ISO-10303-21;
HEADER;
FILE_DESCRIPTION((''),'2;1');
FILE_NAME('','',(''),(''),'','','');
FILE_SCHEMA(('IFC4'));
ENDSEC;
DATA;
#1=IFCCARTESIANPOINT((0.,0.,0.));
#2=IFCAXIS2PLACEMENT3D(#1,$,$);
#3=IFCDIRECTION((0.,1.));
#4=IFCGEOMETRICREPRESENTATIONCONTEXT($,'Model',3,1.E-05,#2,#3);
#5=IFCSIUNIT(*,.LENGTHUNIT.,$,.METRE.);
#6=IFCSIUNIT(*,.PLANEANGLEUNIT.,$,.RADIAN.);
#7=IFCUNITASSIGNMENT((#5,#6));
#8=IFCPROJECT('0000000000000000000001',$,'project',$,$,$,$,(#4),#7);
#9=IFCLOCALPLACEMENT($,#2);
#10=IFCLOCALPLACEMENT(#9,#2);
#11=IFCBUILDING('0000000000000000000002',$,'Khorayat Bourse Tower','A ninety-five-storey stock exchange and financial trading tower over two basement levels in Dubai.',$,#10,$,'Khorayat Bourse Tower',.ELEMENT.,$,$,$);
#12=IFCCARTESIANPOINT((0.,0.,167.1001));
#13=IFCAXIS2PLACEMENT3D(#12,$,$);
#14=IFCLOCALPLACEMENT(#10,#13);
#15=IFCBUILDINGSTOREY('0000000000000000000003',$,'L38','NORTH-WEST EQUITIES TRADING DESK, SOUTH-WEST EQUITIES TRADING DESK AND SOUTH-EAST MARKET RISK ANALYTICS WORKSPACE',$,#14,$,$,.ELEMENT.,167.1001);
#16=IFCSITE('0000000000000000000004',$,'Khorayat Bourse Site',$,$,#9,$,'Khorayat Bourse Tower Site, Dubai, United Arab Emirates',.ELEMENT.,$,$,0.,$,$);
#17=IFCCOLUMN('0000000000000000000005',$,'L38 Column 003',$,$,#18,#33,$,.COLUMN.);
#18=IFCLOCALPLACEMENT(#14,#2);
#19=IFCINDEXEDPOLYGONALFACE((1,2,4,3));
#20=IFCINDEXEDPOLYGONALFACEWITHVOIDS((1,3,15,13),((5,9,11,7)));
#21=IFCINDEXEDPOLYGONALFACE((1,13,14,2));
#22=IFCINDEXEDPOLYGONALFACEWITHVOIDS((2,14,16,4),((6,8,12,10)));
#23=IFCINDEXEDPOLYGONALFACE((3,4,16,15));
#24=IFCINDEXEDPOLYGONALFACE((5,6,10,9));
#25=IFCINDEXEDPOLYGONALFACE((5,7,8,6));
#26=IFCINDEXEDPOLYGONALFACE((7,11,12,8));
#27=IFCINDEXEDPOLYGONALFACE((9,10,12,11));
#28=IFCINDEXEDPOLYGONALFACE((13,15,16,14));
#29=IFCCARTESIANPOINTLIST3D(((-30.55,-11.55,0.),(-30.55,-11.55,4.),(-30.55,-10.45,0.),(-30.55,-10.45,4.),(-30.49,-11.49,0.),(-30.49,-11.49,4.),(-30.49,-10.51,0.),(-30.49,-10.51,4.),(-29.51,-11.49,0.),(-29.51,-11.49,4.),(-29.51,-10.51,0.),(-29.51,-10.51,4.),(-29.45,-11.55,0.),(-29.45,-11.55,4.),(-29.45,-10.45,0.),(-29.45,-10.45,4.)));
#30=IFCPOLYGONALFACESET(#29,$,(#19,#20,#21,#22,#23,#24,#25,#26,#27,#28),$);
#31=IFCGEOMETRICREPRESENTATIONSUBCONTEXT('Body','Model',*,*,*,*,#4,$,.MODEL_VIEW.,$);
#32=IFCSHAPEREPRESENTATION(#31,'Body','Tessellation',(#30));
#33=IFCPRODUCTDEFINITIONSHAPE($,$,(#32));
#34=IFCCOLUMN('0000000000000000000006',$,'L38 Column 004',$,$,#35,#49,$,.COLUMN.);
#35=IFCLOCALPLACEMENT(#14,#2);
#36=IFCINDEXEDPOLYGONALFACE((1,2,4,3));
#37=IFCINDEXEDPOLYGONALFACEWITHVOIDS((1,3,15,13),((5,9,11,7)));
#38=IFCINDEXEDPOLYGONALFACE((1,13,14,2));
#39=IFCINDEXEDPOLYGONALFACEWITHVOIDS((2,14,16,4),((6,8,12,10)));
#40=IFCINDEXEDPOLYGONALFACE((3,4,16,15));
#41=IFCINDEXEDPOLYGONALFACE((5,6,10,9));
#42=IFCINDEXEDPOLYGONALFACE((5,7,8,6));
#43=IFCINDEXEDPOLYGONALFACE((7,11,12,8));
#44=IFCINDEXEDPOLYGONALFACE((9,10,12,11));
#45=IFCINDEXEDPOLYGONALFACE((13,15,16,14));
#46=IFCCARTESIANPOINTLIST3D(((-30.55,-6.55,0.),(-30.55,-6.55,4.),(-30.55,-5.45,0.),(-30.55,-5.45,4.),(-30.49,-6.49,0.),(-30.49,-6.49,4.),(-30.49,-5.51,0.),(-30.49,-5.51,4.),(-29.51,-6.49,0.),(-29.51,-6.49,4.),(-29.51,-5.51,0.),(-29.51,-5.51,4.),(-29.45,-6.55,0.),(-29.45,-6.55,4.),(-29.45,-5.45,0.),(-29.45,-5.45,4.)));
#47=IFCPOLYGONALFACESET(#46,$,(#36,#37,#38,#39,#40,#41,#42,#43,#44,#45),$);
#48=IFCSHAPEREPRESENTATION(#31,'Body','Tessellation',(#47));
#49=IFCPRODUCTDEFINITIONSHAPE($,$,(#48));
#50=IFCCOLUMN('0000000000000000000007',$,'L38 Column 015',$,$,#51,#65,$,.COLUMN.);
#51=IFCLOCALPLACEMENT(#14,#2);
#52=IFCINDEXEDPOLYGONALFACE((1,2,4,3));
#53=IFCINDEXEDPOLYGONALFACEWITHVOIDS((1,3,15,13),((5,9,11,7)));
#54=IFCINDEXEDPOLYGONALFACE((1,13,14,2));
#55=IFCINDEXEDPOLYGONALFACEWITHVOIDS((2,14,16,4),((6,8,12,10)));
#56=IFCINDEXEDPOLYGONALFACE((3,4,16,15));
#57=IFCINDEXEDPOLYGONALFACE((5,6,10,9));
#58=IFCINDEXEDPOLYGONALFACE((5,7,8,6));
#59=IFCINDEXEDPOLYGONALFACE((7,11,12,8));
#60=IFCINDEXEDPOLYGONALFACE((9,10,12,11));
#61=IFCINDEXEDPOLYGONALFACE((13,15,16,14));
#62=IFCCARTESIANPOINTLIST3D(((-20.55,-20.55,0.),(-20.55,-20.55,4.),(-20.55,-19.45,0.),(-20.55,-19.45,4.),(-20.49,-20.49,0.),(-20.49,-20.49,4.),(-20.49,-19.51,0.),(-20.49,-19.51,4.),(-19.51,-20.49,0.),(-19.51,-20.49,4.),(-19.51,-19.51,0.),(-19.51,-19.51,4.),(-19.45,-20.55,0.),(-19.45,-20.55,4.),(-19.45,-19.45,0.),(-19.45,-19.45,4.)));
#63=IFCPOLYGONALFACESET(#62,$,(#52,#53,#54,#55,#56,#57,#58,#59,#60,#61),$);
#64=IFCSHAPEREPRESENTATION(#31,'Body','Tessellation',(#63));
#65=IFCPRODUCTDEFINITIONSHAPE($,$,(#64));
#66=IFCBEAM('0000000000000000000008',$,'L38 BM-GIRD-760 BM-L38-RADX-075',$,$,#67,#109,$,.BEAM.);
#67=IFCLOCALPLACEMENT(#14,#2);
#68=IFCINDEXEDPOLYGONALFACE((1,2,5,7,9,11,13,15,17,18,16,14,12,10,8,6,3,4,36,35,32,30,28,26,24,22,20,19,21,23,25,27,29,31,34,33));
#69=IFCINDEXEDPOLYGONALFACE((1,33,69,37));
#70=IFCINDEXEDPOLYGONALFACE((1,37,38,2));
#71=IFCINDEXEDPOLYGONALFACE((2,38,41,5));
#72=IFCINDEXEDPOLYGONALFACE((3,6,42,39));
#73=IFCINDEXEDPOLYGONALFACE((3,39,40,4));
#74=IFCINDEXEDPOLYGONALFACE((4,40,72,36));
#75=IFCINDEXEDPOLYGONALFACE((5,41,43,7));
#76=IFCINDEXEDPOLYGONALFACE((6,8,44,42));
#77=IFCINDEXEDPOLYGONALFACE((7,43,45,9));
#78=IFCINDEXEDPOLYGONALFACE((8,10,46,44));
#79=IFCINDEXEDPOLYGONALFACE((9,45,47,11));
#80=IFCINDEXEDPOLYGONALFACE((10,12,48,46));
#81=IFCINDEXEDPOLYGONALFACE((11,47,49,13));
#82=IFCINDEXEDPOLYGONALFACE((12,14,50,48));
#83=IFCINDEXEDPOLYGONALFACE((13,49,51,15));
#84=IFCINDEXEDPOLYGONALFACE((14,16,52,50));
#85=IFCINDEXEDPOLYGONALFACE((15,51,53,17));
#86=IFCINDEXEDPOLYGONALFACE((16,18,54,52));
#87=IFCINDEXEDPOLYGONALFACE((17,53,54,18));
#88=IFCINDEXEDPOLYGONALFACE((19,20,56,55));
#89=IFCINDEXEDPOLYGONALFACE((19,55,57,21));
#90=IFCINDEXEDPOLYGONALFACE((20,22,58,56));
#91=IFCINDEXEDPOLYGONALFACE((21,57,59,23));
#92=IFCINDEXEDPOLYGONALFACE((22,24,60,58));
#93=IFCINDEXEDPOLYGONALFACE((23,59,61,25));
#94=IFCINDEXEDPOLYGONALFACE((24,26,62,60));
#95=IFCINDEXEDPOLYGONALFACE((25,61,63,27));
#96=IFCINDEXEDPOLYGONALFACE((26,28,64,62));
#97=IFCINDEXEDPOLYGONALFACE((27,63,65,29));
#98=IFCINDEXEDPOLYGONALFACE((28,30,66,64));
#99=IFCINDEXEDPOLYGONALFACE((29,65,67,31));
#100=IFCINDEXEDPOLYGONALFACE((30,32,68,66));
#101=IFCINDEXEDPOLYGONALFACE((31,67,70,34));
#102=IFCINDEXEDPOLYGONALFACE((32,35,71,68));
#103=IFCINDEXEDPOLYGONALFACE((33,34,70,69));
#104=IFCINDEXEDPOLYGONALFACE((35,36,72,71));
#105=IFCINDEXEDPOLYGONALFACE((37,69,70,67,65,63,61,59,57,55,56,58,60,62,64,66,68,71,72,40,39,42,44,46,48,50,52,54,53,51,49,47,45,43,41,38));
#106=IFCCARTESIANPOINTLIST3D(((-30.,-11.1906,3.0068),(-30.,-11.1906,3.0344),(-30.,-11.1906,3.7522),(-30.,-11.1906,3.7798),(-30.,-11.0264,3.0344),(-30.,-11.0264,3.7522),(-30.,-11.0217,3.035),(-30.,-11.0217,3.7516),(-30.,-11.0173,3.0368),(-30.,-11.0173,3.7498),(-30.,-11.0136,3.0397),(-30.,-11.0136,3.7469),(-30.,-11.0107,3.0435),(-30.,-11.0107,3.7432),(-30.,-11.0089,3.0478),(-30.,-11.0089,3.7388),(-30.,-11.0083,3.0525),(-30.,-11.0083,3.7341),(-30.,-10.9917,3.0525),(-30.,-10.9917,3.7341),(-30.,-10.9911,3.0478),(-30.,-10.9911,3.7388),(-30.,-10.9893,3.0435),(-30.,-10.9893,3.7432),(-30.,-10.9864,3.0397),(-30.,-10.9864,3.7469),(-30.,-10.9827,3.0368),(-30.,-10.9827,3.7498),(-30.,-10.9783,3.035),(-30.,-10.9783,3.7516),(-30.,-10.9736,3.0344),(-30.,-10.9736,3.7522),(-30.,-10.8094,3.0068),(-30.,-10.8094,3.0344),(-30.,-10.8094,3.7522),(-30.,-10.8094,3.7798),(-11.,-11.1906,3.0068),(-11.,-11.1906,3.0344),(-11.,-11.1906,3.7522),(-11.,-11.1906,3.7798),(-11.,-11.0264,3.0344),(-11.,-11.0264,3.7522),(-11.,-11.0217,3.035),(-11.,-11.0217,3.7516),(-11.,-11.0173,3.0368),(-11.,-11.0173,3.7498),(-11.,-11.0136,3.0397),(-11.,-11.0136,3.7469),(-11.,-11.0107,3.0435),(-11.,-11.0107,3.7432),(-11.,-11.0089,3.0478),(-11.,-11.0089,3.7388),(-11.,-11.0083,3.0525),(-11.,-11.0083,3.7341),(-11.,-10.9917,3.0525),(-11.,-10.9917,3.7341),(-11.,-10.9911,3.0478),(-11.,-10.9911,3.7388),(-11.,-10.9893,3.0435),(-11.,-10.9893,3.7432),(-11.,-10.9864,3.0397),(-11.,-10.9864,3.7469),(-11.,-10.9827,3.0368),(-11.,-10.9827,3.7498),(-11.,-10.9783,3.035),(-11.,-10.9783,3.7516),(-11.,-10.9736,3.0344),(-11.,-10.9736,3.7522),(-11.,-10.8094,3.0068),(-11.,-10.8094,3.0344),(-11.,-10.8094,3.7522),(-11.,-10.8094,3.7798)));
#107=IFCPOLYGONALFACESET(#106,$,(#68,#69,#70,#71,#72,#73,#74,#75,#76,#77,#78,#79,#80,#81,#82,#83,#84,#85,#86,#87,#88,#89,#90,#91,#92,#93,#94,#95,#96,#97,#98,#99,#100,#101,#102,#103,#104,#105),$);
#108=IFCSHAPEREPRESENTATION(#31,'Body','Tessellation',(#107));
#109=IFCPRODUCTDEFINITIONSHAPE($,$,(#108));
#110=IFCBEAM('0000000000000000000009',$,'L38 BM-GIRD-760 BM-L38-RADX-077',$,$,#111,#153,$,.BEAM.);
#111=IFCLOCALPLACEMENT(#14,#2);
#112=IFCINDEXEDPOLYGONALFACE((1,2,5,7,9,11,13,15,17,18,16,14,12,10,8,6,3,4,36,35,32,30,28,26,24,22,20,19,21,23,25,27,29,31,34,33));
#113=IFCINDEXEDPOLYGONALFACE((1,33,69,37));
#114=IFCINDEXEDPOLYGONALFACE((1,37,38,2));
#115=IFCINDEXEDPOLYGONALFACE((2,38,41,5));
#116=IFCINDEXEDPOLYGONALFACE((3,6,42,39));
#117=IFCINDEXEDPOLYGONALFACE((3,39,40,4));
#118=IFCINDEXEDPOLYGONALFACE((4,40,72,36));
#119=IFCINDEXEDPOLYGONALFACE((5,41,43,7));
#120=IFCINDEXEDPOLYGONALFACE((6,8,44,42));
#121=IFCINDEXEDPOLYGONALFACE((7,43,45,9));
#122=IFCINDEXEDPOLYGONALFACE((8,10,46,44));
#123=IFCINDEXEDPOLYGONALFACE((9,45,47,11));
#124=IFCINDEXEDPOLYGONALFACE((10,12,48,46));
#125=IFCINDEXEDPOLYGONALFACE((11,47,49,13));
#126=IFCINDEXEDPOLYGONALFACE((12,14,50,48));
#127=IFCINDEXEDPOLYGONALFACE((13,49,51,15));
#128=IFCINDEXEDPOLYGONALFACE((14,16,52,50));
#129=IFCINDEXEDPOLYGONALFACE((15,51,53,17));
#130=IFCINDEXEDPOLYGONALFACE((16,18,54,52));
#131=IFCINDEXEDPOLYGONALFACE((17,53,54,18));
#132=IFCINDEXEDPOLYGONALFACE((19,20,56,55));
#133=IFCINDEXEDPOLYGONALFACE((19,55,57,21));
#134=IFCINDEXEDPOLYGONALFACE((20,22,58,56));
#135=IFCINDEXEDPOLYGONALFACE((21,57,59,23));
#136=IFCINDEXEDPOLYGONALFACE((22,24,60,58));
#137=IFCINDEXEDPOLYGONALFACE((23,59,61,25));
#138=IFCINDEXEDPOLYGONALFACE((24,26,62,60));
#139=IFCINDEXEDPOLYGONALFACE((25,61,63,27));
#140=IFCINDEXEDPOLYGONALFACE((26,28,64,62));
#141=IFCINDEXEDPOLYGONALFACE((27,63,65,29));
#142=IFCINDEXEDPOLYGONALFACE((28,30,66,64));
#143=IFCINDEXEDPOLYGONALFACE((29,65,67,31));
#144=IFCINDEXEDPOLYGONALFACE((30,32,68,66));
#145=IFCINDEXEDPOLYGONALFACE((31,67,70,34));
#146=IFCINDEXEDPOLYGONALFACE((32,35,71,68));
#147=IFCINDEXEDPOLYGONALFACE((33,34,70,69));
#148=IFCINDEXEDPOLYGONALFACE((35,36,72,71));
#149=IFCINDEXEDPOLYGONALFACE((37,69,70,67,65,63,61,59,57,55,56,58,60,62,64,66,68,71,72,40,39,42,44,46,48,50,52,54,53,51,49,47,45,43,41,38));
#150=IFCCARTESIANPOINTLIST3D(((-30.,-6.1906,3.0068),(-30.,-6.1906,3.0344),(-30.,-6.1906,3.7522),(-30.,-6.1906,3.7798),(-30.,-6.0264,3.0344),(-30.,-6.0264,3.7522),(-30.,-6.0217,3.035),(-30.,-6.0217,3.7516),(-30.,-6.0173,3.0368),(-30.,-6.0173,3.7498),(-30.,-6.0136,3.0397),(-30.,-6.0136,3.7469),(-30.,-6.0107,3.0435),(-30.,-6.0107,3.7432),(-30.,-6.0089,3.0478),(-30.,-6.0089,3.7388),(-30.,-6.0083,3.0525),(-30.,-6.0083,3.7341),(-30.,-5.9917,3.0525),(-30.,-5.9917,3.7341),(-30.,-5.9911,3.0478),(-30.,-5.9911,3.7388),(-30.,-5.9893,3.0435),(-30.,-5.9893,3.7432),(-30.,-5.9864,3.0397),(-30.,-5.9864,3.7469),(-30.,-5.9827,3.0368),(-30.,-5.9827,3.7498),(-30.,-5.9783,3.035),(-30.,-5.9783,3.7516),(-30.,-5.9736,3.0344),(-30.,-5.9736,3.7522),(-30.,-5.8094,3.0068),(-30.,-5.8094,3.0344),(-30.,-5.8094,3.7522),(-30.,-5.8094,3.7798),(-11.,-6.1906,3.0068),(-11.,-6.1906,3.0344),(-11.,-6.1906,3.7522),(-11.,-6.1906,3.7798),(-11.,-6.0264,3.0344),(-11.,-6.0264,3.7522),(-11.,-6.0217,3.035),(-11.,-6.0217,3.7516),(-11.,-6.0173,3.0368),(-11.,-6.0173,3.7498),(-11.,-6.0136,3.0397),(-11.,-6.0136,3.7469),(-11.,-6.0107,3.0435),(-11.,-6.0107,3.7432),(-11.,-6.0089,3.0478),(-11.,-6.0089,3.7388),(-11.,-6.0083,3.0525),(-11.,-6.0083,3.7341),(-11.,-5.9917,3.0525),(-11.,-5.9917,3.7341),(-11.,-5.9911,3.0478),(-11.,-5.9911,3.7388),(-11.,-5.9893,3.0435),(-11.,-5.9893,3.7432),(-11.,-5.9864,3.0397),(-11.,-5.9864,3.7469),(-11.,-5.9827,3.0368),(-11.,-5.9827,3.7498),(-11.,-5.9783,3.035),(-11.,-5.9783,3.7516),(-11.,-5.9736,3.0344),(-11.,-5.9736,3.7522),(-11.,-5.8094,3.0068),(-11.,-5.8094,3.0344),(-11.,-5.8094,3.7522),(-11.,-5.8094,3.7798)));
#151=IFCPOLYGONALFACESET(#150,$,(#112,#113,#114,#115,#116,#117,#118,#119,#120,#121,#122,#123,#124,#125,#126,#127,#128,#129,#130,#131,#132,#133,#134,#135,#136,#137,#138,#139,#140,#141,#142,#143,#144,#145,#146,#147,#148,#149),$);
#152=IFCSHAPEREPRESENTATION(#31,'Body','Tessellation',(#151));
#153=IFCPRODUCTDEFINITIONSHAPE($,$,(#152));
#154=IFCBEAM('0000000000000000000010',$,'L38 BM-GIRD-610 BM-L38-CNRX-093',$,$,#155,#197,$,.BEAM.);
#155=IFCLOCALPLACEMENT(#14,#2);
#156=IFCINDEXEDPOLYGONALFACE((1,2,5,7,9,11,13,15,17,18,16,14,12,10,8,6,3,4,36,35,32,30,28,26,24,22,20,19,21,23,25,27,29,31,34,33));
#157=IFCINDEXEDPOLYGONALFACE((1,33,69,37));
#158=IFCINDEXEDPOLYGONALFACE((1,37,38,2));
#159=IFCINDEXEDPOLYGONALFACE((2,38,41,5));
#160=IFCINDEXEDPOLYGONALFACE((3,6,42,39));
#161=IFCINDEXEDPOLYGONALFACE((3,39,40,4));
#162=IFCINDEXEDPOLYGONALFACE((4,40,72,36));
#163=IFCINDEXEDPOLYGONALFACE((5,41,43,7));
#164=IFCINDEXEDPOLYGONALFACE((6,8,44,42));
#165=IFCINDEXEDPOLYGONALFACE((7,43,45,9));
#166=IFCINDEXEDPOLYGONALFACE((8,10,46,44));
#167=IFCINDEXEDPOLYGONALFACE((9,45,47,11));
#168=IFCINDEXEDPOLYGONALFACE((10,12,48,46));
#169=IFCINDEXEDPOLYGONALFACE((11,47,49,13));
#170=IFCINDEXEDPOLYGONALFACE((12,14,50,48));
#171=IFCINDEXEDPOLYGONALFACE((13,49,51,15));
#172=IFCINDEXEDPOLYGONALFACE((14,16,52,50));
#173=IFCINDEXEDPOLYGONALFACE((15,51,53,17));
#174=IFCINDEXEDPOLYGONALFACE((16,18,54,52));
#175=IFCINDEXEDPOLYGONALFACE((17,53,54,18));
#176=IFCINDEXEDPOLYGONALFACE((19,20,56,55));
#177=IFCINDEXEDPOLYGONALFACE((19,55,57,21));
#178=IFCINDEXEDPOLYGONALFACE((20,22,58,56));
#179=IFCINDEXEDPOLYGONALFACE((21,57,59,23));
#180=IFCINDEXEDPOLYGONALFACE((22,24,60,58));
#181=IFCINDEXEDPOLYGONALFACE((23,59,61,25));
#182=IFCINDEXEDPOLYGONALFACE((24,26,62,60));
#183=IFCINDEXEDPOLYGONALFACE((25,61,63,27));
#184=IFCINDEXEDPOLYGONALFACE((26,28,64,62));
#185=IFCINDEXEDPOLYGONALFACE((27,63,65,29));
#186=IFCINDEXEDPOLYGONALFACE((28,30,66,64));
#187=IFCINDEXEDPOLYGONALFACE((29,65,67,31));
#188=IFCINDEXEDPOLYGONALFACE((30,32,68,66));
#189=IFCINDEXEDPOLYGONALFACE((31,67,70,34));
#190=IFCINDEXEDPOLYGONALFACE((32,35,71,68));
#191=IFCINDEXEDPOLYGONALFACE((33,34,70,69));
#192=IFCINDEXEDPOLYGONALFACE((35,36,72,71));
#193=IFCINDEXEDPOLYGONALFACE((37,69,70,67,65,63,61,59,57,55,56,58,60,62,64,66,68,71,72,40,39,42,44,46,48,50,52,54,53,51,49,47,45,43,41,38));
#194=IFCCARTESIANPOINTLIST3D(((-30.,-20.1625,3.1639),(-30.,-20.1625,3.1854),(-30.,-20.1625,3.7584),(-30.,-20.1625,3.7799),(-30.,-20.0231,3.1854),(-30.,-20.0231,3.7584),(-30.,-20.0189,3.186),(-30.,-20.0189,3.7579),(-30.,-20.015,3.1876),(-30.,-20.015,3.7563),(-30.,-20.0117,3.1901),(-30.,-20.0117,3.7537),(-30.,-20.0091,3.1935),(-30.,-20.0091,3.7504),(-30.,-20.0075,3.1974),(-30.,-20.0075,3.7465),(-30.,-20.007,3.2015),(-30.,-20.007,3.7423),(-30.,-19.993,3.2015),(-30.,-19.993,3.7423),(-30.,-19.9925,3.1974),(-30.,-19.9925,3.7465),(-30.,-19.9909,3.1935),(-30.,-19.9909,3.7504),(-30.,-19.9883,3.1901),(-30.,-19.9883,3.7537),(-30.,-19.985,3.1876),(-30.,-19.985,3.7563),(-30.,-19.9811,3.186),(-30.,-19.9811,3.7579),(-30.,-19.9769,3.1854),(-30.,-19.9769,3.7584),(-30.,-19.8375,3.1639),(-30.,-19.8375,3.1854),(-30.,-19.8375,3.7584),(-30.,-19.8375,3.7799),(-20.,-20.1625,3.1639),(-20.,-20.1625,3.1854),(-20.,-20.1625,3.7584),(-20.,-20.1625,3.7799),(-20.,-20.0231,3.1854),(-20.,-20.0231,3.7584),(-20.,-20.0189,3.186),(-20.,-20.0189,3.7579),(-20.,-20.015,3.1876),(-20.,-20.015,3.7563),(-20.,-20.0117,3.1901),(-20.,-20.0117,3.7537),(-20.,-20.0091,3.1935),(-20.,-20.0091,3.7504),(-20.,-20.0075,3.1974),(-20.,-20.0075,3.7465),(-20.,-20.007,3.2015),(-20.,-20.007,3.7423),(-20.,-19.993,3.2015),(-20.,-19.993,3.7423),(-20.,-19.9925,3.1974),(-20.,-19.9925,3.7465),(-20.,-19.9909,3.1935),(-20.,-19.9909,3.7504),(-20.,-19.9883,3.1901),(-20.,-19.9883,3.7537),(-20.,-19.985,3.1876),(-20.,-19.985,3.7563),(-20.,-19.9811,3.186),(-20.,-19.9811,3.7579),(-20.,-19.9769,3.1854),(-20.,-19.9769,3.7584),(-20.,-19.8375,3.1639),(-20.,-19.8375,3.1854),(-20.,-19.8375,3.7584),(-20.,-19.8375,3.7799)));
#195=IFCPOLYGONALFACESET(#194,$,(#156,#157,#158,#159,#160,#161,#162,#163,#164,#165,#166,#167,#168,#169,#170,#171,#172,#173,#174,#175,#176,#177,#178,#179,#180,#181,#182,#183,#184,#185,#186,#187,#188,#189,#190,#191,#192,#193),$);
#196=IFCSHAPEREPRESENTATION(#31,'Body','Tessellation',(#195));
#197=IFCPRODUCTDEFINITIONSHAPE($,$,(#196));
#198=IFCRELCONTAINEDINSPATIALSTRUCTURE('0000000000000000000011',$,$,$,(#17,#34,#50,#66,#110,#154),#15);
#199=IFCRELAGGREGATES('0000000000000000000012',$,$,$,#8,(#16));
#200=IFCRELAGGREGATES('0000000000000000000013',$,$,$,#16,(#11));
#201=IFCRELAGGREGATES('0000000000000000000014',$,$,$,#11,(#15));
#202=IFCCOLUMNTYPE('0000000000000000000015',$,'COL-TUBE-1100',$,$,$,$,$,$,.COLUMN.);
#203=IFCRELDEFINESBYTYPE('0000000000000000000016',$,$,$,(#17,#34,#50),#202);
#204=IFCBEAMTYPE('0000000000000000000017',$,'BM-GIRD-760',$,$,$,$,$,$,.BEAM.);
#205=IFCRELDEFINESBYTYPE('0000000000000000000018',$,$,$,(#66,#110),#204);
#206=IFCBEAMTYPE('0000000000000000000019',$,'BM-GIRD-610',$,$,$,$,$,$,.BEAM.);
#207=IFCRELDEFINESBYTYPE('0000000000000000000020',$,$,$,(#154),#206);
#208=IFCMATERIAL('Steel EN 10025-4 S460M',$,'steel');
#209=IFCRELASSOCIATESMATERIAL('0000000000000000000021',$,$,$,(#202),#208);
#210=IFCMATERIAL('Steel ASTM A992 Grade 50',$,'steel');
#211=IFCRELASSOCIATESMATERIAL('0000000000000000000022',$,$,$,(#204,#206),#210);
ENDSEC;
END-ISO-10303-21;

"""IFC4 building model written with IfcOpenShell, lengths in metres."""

from ifc_helpers import new_model, si_unit, direction, frame, origin, origin_2d, place, context, subcontext, project, spatial, hollow_rectangle, i_section, extrude, source, transform, mapped, material, material_profile, profile_set, type_object, element, save


model = new_model("IFC4")

# Units and contexts
model_context = context("Model", 3, precision=1e-05, world=origin(), true_north=direction((0.0, 1.0)))
body_context = subcontext(model_context, "Body", "Model", "MODEL_VIEW")
ifc_project = project(units=[si_unit("LENGTHUNIT", "METRE"), si_unit("PLANEANGLEUNIT", "RADIAN")], contexts=[model_context])

# Site, building, storey
site_placement = place(None, origin())
site = spatial("IfcSite", under=ifc_project, at=site_placement, Name="Khorayat Bourse Site", LongName="Khorayat Bourse Tower Site, Dubai, United Arab Emirates", CompositionType="ELEMENT", RefElevation=0.0)
building_placement = place(site_placement, origin())
building = spatial("IfcBuilding", under=site, at=building_placement, Name="Khorayat Bourse Tower", Description="A ninety-five-storey stock exchange and financial trading tower over two basement levels in Dubai.", LongName="Khorayat Bourse Tower", CompositionType="ELEMENT")
storey_placement = place(building_placement, frame((0.0, 0.0, 167.1001)))
storey = spatial("IfcBuildingStorey", under=building, at=storey_placement, Name="L38", Description="NORTH-WEST EQUITIES TRADING DESK, SOUTH-WEST EQUITIES TRADING DESK AND SOUTH-EAST MARKET RISK ANALYTICS WORKSPACE", CompositionType="ELEMENT", Elevation=167.1001)

# Columns
ifc_material_1 = material(Name="Steel EN 10025-4 S460M", Category="steel")
ifc_material_profile_1 = material_profile(ifc_material_1, hollow_rectangle(XDim=1.1001, YDim=1.1001, WallThickness=0.0601, at=origin_2d()), Name="BOX 1100x1100x60")
ifc_profile_set_1 = profile_set([ifc_material_profile_1], Name="Steel EN 10025-4 S460M")
column_type = type_object("IfcColumnType", Name="COL-TUBE-1100", PredefinedType="COLUMN", material=ifc_profile_set_1)
shared_shape_1 = source(origin(), body_context, "Body", "SweptSolid", [
    extrude(hollow_rectangle(XDim=1.1001, YDim=1.1001, WallThickness=0.0601, at=origin_2d()), origin(), (0.0, 0.0, 1.0), 4.0),
])
for number, where, z_axis, x_axis, name in (
    (1, (-30.0, -11.0, 0.0), (0.0, 0.0, 1.0), (1.0, 0.0, 0.0), "L38 Column 003"),
    (2, (-30.0, -6.0, 0.0), (0.0, 0.0, 1.0), (1.0, 0.0, 0.0), "L38 Column 004"),
    (3, (-20.0, -20.0, 0.0), (0.0, 0.0, 1.0), (1.0, 0.0, 0.0), "L38 Column 015"),
):
    element("IfcColumn", number, at=place(storey_placement, frame(where, z_axis=z_axis, x_axis=x_axis)), inside=storey, type_object=column_type, Name=name, PredefinedType="COLUMN", context=body_context, shape_type="MappedRepresentation", body=[
        mapped(shared_shape_1, transform((0.0, 0.0, 0.0), scale=1.0)),
    ])

# Beams
ifc_material_2 = material(Name="Steel ASTM A992 Grade 50", Category="steel")
ifc_material_profile_2 = material_profile(ifc_material_2, i_section(OverallWidth=0.3811, OverallDepth=0.7729, WebThickness=0.0166, FlangeThickness=0.0276, FilletRadius=0.0181, at=origin_2d()), Name="W760X257")
ifc_profile_set_2 = profile_set([ifc_material_profile_2], Name="Steel ASTM A992 Grade 50")
beam_type_1 = type_object("IfcBeamType", Name="BM-GIRD-760", PredefinedType="BEAM", material=ifc_profile_set_2)
shared_shape_2 = source(origin(), body_context, "Body", "SweptSolid", [
    extrude(i_section(OverallWidth=0.3811, OverallDepth=0.7729, WebThickness=0.0166, FlangeThickness=0.0276, FilletRadius=0.0181, at=origin_2d()), origin(), (0.0, 0.0, 1.0), 19.0),
])
for number, where, z_axis, x_axis, name in (
    (4, (-30.0, -11.0, 3.3933), (1.0, 0.0, 0.0), (0.0, 1.0, 0.0), "L38 BM-GIRD-760 BM-L38-RADX-075"),
    (5, (-30.0, -6.0, 3.3933), (1.0, 0.0, 0.0), (0.0, 1.0, 0.0), "L38 BM-GIRD-760 BM-L38-RADX-077"),
):
    element("IfcBeam", number, at=place(storey_placement, frame(where, z_axis=z_axis, x_axis=x_axis)), inside=storey, type_object=beam_type_1, Name=name, PredefinedType="BEAM", context=body_context, shape_type="MappedRepresentation", body=[
        mapped(shared_shape_2, transform((0.0, 0.0, 0.0), scale=1.0)),
    ])
ifc_material_profile_3 = material_profile(ifc_material_2, i_section(OverallWidth=0.325, OverallDepth=0.616, WebThickness=0.0139, FlangeThickness=0.0215, FilletRadius=0.0161, at=origin_2d()), Name="W610X174")
ifc_profile_set_3 = profile_set([ifc_material_profile_3], Name="Steel ASTM A992 Grade 50")
beam_type_2 = type_object("IfcBeamType", Name="BM-GIRD-610", PredefinedType="BEAM", material=ifc_profile_set_3)
shared_shape_3 = source(origin(), body_context, "Body", "SweptSolid", [
    extrude(i_section(OverallWidth=0.325, OverallDepth=0.616, WebThickness=0.0139, FlangeThickness=0.0215, FilletRadius=0.0161, at=origin_2d()), origin(), (0.0, 0.0, 1.0), 10.0),
])
beam_1_placement = place(storey_placement, frame((-30.0, -20.0, 3.4719), z_axis=(1.0, 0.0, 0.0), x_axis=(0.0, 1.0, 0.0)))
element("IfcBeam", 6, at=beam_1_placement, inside=storey, type_object=beam_type_2, Name="L38 BM-GIRD-610 BM-L38-CNRX-093", PredefinedType="BEAM", context=body_context, shape_type="MappedRepresentation", body=[
    mapped(shared_shape_3, transform((0.0, 0.0, 0.0), scale=1.0)),
])

save(model, "model.ifc")
